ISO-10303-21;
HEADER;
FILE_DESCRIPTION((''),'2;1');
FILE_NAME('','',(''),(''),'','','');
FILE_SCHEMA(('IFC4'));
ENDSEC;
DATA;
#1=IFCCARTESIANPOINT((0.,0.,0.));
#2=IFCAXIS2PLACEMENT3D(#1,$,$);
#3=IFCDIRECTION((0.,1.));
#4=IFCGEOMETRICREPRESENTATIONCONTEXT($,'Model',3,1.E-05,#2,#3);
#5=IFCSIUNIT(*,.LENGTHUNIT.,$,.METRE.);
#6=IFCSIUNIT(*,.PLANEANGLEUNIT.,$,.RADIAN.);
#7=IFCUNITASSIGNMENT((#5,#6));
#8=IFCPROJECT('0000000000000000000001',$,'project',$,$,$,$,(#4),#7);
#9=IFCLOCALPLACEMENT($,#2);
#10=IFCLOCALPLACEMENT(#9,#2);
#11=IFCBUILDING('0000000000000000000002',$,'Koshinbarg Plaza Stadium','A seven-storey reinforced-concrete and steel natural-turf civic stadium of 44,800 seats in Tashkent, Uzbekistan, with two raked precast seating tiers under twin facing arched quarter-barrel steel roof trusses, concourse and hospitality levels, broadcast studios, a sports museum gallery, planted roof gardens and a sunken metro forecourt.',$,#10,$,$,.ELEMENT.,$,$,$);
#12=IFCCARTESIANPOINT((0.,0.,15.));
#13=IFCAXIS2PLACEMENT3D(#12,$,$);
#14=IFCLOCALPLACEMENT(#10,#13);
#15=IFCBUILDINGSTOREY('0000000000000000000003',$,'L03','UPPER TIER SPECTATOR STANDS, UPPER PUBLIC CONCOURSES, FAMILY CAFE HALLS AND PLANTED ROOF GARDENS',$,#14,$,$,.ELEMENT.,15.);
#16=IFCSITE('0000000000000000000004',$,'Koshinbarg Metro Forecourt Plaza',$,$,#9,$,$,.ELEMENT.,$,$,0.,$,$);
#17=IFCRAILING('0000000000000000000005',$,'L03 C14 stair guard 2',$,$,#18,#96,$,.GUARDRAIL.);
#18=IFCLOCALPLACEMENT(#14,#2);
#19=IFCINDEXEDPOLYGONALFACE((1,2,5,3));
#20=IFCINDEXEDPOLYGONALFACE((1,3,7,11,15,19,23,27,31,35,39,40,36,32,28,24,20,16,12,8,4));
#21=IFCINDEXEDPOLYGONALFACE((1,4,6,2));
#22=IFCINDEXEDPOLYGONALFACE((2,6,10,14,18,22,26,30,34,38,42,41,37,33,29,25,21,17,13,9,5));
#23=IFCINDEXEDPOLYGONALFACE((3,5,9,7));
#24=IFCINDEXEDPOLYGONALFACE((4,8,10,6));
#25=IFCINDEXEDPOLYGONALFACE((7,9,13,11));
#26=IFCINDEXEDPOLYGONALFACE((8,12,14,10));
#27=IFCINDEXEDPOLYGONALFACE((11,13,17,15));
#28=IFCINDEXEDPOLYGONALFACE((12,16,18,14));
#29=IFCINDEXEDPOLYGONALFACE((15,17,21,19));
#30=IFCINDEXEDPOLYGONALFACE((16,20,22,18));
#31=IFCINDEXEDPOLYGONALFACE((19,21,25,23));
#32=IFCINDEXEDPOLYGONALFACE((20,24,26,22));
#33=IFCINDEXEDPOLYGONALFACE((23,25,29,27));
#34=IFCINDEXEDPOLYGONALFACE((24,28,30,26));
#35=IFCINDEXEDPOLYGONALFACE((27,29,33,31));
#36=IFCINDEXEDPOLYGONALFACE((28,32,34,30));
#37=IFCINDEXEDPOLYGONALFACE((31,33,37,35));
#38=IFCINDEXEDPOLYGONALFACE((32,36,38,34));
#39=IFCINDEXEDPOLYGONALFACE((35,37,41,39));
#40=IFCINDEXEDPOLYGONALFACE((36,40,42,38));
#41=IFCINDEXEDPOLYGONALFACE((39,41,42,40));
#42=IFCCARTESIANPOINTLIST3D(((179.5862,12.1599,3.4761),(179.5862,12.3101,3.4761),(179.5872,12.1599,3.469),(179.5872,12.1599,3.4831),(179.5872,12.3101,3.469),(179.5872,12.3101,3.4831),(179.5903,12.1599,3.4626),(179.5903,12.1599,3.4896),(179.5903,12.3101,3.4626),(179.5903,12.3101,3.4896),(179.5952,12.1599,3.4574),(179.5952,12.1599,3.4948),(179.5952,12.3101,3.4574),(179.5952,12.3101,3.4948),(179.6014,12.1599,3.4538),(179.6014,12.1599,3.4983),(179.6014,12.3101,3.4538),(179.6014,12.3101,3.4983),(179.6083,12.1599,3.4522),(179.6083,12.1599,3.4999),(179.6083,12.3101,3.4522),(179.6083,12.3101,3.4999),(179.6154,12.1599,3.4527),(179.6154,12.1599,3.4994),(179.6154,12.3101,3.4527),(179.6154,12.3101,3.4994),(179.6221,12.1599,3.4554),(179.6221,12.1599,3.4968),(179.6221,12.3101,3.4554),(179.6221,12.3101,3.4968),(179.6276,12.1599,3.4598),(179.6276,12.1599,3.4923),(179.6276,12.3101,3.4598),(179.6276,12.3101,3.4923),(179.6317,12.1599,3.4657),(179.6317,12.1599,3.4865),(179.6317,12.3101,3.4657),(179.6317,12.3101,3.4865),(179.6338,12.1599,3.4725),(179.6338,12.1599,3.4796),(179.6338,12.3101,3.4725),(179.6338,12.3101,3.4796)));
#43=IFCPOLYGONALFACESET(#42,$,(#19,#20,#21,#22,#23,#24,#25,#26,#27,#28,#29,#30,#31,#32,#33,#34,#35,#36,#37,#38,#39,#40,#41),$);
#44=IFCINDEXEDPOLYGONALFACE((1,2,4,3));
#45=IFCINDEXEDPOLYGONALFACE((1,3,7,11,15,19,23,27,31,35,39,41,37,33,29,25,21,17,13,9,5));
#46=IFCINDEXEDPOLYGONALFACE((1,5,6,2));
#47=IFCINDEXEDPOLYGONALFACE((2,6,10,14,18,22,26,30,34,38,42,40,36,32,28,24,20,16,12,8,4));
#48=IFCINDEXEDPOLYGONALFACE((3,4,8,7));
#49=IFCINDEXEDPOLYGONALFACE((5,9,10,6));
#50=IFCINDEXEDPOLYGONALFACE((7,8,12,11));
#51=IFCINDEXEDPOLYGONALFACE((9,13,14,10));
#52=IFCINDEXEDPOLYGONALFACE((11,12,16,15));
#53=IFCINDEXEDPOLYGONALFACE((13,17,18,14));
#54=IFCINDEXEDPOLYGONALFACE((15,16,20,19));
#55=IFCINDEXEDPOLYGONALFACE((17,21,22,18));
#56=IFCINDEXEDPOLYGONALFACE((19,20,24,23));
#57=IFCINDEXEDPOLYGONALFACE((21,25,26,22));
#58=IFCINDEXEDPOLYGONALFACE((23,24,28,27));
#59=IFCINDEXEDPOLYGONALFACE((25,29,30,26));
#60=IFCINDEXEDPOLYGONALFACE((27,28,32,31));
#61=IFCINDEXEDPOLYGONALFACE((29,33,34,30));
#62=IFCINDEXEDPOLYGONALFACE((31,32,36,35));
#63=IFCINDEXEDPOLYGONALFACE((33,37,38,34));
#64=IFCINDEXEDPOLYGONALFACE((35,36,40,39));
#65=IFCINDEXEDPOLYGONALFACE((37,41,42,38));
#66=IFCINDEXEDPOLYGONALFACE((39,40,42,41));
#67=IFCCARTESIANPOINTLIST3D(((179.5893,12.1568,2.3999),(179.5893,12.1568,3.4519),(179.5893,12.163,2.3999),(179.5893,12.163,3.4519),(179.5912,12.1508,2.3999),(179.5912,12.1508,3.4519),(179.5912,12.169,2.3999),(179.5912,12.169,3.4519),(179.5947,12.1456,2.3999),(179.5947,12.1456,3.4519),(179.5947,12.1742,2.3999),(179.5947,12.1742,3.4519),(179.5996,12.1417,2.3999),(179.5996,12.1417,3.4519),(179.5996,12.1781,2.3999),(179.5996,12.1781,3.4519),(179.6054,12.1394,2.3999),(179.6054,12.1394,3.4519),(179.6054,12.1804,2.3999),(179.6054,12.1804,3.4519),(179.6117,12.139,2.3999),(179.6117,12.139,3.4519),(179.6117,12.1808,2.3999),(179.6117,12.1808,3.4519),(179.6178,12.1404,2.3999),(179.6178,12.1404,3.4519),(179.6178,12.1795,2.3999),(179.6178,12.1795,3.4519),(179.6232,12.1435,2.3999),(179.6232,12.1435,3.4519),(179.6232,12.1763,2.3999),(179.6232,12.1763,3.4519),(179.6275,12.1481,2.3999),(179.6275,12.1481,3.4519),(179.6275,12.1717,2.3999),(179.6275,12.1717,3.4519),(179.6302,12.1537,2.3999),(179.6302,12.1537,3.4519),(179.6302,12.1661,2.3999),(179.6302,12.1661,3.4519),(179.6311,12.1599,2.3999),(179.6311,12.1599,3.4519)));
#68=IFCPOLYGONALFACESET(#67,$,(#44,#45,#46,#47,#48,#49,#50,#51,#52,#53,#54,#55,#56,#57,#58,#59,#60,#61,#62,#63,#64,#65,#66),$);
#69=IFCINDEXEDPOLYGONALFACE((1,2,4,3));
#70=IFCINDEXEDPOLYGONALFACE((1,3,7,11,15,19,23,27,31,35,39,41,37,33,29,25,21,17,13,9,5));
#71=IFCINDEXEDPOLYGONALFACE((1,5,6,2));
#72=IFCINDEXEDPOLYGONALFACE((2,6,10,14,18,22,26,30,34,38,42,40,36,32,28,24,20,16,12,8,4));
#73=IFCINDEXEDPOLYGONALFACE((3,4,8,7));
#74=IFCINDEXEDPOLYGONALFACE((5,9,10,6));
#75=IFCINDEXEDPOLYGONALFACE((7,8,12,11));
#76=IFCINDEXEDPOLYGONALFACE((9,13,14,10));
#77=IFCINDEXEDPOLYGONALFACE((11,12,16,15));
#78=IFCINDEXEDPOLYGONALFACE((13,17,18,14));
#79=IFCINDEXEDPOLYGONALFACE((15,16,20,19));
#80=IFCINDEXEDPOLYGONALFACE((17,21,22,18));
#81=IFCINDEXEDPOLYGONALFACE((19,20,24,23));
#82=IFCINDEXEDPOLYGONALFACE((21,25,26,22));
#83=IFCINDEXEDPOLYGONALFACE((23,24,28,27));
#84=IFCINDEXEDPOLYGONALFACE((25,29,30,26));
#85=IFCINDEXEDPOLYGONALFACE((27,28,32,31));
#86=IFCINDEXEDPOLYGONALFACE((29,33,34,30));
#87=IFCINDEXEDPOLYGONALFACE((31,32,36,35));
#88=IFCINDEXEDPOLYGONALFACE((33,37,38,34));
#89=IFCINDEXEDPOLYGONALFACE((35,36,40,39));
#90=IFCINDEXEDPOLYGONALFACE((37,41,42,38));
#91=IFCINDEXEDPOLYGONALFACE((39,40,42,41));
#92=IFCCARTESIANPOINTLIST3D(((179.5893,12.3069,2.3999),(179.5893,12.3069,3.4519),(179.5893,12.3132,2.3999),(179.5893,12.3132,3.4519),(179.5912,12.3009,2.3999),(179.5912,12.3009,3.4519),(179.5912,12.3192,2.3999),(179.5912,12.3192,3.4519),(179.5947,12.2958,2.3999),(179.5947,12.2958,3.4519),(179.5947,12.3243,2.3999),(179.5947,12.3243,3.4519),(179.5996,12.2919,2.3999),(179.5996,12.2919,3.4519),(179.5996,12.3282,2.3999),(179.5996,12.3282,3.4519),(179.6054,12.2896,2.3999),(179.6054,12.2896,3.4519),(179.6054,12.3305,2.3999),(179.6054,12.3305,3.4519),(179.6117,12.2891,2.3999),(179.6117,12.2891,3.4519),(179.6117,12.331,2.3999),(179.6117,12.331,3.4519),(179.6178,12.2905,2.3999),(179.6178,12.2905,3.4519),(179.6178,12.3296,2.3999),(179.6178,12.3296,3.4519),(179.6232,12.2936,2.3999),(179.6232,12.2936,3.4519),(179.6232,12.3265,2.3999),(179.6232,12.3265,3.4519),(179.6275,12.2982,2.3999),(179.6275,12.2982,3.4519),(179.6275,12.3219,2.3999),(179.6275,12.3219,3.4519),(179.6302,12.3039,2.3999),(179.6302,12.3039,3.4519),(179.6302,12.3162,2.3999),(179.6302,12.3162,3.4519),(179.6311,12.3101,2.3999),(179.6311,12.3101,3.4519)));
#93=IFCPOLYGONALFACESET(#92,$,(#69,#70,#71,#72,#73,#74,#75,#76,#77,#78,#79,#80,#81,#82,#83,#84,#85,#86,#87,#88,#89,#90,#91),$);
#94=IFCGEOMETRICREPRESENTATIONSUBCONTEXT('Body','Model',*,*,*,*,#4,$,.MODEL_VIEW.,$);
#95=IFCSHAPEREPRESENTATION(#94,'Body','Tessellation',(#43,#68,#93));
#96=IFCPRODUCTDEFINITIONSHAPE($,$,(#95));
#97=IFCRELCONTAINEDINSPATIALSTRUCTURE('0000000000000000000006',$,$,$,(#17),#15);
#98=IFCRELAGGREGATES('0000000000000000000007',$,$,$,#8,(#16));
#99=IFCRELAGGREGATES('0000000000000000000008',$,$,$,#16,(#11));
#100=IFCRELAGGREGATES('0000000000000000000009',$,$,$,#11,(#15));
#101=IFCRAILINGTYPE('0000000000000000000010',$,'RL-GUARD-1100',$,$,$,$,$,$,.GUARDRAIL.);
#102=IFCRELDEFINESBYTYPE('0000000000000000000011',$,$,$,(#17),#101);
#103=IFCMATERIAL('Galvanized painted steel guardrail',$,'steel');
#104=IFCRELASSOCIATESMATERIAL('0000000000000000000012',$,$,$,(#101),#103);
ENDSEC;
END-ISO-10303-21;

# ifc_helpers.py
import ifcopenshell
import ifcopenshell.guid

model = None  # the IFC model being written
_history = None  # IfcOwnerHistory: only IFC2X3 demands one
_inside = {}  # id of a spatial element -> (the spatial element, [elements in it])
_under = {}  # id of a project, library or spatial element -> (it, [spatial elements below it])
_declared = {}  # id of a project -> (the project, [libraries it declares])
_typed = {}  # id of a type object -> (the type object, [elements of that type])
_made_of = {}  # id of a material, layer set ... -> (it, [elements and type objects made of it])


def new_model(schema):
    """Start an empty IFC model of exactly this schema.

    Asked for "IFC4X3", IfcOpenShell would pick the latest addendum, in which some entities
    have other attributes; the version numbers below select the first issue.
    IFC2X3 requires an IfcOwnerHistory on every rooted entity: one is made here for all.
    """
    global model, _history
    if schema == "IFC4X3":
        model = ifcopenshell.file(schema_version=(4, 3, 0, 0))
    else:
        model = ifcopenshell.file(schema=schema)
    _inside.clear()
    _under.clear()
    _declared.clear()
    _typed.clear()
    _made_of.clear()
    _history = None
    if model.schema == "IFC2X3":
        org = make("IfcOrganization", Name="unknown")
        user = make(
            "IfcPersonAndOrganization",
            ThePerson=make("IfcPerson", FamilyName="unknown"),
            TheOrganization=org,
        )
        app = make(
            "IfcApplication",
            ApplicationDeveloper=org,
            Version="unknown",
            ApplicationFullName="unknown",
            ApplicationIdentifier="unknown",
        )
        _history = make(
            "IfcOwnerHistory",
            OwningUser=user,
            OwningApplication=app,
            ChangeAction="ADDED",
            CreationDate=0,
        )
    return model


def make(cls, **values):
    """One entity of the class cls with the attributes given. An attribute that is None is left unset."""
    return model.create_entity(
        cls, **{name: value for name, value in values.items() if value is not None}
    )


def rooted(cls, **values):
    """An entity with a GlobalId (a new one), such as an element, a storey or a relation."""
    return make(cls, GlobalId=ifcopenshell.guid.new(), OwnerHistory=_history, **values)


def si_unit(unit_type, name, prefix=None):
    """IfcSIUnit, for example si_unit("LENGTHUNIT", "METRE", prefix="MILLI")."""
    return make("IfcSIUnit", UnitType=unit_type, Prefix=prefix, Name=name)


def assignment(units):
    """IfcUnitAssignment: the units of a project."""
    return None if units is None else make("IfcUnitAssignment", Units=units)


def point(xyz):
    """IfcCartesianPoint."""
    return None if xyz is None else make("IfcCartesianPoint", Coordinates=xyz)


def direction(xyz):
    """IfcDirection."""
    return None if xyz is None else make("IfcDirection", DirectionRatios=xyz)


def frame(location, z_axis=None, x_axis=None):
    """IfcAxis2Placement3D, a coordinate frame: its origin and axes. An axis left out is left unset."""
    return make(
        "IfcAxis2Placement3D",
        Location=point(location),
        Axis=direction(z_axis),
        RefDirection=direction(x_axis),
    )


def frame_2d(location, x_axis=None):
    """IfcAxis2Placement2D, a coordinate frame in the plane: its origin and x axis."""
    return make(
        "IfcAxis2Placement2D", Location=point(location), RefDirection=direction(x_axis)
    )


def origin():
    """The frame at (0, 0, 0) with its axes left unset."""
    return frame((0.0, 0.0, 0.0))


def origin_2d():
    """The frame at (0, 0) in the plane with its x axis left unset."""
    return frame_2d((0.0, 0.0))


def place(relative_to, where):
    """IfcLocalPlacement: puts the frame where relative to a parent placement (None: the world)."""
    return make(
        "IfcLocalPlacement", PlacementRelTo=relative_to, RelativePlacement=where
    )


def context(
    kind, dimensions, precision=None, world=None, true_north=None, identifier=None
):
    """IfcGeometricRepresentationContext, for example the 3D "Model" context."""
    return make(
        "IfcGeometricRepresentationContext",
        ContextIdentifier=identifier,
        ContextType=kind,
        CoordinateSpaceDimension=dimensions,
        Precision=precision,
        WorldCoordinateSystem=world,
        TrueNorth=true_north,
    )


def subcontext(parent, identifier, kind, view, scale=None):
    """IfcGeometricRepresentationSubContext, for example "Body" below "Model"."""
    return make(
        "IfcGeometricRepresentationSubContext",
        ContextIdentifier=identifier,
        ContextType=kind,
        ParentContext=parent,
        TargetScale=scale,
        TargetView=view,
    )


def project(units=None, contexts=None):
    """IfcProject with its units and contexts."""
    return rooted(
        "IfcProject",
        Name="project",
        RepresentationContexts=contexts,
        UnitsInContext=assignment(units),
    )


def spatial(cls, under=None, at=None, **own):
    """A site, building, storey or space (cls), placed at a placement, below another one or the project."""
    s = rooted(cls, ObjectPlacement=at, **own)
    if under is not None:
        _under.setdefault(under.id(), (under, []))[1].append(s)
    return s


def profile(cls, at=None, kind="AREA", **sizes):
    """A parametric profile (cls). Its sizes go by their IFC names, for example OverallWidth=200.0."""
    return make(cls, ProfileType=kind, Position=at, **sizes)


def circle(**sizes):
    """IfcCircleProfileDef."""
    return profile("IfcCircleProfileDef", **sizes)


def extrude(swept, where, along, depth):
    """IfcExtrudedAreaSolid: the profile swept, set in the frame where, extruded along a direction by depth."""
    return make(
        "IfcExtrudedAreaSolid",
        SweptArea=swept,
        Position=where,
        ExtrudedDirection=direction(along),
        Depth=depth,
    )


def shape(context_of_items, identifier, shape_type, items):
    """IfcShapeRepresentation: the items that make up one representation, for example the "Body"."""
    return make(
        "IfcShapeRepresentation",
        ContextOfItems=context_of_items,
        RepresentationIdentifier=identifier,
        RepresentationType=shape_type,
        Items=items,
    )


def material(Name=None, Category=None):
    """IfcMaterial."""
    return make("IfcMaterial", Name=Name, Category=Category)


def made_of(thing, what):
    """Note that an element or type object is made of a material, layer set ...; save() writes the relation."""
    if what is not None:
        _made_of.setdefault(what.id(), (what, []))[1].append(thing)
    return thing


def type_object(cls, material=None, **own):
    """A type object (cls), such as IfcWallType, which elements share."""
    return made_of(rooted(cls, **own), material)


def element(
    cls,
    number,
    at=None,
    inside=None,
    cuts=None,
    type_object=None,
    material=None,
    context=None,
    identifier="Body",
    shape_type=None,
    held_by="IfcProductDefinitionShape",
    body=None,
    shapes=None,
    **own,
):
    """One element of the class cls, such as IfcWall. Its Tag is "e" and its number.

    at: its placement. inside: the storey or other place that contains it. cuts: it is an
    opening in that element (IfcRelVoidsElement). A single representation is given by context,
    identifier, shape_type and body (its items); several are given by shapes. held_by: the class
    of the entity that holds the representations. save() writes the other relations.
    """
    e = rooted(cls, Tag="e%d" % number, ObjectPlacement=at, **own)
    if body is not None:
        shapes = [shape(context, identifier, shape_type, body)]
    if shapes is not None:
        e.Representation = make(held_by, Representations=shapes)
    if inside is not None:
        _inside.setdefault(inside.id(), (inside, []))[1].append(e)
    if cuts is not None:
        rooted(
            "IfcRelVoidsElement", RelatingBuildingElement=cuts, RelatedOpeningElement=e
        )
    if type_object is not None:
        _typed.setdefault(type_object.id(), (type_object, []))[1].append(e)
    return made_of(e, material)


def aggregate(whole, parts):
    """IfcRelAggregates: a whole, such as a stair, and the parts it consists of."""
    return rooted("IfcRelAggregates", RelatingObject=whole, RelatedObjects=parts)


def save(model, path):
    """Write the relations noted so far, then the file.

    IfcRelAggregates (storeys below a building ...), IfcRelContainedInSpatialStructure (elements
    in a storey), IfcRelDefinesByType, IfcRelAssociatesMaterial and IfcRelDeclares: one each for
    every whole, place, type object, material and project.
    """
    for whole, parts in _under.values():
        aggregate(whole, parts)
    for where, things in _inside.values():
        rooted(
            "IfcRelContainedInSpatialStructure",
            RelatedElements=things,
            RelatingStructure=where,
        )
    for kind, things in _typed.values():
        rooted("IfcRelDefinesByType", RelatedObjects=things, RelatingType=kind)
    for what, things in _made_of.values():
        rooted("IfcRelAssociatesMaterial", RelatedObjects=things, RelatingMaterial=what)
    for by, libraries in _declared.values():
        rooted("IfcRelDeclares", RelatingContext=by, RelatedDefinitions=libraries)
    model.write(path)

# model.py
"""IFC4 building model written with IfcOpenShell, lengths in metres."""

from ifc_helpers import new_model, si_unit, direction, frame, origin, origin_2d, place, context, subcontext, project, spatial, circle, extrude, material, type_object, element, save


model = new_model("IFC4")

# Units and contexts
model_context = context("Model", 3, precision=1e-05, world=origin(), true_north=direction((0.0, 1.0)))
body_context = subcontext(model_context, "Body", "Model", "MODEL_VIEW")
ifc_project = project(units=[si_unit("LENGTHUNIT", "METRE"), si_unit("PLANEANGLEUNIT", "RADIAN")], contexts=[model_context])

# Site, building, storey
site_placement = place(None, origin())
site = spatial("IfcSite", under=ifc_project, at=site_placement, Name="Koshinbarg Metro Forecourt Plaza", CompositionType="ELEMENT", RefElevation=0.0)
building_placement = place(site_placement, origin())
building = spatial("IfcBuilding", under=site, at=building_placement, Name="Koshinbarg Plaza Stadium", Description="A seven-storey reinforced-concrete and steel natural-turf civic stadium of 44,800 seats in Tashkent, Uzbekistan, with two raked precast seating tiers under twin facing arched quarter-barrel steel roof trusses, concourse and hospitality levels, broadcast studios, a sports museum gallery, planted roof gardens and a sunken metro forecourt.", CompositionType="ELEMENT")
storey_placement = place(building_placement, frame((0.0, 0.0, 15.0)))
storey = spatial("IfcBuildingStorey", under=building, at=storey_placement, Name="L03", Description="UPPER TIER SPECTATOR STANDS, UPPER PUBLIC CONCOURSES, FAMILY CAFE HALLS AND PLANTED ROOF GARDENS", CompositionType="ELEMENT", Elevation=15.0)

# Railing
ifc_material_1 = material(Name="Galvanized painted steel guardrail", Category="steel")
railing_type_1 = type_object("IfcRailingType", Name="RL-GUARD-1100", PredefinedType="GUARDRAIL", material=ifc_material_1)
railing_1_placement = place(storey_placement, frame((179.6101, 12.1599, 2.3999)))
element("IfcRailing", 1, at=railing_1_placement, inside=storey, type_object=railing_type_1, Name="L03 C14 stair guard 2", PredefinedType="GUARDRAIL", context=body_context, shape_type="SweptSolid", body=[
    extrude(circle(Radius=0.0239, at=origin_2d()), frame((0.0, 0.0, 1.0762), z_axis=(0.0, 1.0, 0.0), x_axis=(-1.0, 0.0, 0.0)), (0.0, 0.0, 1.0), 0.1501),
    extrude(circle(Radius=0.021, at=origin_2d()), origin(), (0.0, 0.0, 1.0), 1.052),
    extrude(circle(Radius=0.021, at=origin_2d()), frame((0.0, 0.1501, 0.0)), (0.0, 0.0, 1.0), 1.052),
])

save(model, "model.ifc")
